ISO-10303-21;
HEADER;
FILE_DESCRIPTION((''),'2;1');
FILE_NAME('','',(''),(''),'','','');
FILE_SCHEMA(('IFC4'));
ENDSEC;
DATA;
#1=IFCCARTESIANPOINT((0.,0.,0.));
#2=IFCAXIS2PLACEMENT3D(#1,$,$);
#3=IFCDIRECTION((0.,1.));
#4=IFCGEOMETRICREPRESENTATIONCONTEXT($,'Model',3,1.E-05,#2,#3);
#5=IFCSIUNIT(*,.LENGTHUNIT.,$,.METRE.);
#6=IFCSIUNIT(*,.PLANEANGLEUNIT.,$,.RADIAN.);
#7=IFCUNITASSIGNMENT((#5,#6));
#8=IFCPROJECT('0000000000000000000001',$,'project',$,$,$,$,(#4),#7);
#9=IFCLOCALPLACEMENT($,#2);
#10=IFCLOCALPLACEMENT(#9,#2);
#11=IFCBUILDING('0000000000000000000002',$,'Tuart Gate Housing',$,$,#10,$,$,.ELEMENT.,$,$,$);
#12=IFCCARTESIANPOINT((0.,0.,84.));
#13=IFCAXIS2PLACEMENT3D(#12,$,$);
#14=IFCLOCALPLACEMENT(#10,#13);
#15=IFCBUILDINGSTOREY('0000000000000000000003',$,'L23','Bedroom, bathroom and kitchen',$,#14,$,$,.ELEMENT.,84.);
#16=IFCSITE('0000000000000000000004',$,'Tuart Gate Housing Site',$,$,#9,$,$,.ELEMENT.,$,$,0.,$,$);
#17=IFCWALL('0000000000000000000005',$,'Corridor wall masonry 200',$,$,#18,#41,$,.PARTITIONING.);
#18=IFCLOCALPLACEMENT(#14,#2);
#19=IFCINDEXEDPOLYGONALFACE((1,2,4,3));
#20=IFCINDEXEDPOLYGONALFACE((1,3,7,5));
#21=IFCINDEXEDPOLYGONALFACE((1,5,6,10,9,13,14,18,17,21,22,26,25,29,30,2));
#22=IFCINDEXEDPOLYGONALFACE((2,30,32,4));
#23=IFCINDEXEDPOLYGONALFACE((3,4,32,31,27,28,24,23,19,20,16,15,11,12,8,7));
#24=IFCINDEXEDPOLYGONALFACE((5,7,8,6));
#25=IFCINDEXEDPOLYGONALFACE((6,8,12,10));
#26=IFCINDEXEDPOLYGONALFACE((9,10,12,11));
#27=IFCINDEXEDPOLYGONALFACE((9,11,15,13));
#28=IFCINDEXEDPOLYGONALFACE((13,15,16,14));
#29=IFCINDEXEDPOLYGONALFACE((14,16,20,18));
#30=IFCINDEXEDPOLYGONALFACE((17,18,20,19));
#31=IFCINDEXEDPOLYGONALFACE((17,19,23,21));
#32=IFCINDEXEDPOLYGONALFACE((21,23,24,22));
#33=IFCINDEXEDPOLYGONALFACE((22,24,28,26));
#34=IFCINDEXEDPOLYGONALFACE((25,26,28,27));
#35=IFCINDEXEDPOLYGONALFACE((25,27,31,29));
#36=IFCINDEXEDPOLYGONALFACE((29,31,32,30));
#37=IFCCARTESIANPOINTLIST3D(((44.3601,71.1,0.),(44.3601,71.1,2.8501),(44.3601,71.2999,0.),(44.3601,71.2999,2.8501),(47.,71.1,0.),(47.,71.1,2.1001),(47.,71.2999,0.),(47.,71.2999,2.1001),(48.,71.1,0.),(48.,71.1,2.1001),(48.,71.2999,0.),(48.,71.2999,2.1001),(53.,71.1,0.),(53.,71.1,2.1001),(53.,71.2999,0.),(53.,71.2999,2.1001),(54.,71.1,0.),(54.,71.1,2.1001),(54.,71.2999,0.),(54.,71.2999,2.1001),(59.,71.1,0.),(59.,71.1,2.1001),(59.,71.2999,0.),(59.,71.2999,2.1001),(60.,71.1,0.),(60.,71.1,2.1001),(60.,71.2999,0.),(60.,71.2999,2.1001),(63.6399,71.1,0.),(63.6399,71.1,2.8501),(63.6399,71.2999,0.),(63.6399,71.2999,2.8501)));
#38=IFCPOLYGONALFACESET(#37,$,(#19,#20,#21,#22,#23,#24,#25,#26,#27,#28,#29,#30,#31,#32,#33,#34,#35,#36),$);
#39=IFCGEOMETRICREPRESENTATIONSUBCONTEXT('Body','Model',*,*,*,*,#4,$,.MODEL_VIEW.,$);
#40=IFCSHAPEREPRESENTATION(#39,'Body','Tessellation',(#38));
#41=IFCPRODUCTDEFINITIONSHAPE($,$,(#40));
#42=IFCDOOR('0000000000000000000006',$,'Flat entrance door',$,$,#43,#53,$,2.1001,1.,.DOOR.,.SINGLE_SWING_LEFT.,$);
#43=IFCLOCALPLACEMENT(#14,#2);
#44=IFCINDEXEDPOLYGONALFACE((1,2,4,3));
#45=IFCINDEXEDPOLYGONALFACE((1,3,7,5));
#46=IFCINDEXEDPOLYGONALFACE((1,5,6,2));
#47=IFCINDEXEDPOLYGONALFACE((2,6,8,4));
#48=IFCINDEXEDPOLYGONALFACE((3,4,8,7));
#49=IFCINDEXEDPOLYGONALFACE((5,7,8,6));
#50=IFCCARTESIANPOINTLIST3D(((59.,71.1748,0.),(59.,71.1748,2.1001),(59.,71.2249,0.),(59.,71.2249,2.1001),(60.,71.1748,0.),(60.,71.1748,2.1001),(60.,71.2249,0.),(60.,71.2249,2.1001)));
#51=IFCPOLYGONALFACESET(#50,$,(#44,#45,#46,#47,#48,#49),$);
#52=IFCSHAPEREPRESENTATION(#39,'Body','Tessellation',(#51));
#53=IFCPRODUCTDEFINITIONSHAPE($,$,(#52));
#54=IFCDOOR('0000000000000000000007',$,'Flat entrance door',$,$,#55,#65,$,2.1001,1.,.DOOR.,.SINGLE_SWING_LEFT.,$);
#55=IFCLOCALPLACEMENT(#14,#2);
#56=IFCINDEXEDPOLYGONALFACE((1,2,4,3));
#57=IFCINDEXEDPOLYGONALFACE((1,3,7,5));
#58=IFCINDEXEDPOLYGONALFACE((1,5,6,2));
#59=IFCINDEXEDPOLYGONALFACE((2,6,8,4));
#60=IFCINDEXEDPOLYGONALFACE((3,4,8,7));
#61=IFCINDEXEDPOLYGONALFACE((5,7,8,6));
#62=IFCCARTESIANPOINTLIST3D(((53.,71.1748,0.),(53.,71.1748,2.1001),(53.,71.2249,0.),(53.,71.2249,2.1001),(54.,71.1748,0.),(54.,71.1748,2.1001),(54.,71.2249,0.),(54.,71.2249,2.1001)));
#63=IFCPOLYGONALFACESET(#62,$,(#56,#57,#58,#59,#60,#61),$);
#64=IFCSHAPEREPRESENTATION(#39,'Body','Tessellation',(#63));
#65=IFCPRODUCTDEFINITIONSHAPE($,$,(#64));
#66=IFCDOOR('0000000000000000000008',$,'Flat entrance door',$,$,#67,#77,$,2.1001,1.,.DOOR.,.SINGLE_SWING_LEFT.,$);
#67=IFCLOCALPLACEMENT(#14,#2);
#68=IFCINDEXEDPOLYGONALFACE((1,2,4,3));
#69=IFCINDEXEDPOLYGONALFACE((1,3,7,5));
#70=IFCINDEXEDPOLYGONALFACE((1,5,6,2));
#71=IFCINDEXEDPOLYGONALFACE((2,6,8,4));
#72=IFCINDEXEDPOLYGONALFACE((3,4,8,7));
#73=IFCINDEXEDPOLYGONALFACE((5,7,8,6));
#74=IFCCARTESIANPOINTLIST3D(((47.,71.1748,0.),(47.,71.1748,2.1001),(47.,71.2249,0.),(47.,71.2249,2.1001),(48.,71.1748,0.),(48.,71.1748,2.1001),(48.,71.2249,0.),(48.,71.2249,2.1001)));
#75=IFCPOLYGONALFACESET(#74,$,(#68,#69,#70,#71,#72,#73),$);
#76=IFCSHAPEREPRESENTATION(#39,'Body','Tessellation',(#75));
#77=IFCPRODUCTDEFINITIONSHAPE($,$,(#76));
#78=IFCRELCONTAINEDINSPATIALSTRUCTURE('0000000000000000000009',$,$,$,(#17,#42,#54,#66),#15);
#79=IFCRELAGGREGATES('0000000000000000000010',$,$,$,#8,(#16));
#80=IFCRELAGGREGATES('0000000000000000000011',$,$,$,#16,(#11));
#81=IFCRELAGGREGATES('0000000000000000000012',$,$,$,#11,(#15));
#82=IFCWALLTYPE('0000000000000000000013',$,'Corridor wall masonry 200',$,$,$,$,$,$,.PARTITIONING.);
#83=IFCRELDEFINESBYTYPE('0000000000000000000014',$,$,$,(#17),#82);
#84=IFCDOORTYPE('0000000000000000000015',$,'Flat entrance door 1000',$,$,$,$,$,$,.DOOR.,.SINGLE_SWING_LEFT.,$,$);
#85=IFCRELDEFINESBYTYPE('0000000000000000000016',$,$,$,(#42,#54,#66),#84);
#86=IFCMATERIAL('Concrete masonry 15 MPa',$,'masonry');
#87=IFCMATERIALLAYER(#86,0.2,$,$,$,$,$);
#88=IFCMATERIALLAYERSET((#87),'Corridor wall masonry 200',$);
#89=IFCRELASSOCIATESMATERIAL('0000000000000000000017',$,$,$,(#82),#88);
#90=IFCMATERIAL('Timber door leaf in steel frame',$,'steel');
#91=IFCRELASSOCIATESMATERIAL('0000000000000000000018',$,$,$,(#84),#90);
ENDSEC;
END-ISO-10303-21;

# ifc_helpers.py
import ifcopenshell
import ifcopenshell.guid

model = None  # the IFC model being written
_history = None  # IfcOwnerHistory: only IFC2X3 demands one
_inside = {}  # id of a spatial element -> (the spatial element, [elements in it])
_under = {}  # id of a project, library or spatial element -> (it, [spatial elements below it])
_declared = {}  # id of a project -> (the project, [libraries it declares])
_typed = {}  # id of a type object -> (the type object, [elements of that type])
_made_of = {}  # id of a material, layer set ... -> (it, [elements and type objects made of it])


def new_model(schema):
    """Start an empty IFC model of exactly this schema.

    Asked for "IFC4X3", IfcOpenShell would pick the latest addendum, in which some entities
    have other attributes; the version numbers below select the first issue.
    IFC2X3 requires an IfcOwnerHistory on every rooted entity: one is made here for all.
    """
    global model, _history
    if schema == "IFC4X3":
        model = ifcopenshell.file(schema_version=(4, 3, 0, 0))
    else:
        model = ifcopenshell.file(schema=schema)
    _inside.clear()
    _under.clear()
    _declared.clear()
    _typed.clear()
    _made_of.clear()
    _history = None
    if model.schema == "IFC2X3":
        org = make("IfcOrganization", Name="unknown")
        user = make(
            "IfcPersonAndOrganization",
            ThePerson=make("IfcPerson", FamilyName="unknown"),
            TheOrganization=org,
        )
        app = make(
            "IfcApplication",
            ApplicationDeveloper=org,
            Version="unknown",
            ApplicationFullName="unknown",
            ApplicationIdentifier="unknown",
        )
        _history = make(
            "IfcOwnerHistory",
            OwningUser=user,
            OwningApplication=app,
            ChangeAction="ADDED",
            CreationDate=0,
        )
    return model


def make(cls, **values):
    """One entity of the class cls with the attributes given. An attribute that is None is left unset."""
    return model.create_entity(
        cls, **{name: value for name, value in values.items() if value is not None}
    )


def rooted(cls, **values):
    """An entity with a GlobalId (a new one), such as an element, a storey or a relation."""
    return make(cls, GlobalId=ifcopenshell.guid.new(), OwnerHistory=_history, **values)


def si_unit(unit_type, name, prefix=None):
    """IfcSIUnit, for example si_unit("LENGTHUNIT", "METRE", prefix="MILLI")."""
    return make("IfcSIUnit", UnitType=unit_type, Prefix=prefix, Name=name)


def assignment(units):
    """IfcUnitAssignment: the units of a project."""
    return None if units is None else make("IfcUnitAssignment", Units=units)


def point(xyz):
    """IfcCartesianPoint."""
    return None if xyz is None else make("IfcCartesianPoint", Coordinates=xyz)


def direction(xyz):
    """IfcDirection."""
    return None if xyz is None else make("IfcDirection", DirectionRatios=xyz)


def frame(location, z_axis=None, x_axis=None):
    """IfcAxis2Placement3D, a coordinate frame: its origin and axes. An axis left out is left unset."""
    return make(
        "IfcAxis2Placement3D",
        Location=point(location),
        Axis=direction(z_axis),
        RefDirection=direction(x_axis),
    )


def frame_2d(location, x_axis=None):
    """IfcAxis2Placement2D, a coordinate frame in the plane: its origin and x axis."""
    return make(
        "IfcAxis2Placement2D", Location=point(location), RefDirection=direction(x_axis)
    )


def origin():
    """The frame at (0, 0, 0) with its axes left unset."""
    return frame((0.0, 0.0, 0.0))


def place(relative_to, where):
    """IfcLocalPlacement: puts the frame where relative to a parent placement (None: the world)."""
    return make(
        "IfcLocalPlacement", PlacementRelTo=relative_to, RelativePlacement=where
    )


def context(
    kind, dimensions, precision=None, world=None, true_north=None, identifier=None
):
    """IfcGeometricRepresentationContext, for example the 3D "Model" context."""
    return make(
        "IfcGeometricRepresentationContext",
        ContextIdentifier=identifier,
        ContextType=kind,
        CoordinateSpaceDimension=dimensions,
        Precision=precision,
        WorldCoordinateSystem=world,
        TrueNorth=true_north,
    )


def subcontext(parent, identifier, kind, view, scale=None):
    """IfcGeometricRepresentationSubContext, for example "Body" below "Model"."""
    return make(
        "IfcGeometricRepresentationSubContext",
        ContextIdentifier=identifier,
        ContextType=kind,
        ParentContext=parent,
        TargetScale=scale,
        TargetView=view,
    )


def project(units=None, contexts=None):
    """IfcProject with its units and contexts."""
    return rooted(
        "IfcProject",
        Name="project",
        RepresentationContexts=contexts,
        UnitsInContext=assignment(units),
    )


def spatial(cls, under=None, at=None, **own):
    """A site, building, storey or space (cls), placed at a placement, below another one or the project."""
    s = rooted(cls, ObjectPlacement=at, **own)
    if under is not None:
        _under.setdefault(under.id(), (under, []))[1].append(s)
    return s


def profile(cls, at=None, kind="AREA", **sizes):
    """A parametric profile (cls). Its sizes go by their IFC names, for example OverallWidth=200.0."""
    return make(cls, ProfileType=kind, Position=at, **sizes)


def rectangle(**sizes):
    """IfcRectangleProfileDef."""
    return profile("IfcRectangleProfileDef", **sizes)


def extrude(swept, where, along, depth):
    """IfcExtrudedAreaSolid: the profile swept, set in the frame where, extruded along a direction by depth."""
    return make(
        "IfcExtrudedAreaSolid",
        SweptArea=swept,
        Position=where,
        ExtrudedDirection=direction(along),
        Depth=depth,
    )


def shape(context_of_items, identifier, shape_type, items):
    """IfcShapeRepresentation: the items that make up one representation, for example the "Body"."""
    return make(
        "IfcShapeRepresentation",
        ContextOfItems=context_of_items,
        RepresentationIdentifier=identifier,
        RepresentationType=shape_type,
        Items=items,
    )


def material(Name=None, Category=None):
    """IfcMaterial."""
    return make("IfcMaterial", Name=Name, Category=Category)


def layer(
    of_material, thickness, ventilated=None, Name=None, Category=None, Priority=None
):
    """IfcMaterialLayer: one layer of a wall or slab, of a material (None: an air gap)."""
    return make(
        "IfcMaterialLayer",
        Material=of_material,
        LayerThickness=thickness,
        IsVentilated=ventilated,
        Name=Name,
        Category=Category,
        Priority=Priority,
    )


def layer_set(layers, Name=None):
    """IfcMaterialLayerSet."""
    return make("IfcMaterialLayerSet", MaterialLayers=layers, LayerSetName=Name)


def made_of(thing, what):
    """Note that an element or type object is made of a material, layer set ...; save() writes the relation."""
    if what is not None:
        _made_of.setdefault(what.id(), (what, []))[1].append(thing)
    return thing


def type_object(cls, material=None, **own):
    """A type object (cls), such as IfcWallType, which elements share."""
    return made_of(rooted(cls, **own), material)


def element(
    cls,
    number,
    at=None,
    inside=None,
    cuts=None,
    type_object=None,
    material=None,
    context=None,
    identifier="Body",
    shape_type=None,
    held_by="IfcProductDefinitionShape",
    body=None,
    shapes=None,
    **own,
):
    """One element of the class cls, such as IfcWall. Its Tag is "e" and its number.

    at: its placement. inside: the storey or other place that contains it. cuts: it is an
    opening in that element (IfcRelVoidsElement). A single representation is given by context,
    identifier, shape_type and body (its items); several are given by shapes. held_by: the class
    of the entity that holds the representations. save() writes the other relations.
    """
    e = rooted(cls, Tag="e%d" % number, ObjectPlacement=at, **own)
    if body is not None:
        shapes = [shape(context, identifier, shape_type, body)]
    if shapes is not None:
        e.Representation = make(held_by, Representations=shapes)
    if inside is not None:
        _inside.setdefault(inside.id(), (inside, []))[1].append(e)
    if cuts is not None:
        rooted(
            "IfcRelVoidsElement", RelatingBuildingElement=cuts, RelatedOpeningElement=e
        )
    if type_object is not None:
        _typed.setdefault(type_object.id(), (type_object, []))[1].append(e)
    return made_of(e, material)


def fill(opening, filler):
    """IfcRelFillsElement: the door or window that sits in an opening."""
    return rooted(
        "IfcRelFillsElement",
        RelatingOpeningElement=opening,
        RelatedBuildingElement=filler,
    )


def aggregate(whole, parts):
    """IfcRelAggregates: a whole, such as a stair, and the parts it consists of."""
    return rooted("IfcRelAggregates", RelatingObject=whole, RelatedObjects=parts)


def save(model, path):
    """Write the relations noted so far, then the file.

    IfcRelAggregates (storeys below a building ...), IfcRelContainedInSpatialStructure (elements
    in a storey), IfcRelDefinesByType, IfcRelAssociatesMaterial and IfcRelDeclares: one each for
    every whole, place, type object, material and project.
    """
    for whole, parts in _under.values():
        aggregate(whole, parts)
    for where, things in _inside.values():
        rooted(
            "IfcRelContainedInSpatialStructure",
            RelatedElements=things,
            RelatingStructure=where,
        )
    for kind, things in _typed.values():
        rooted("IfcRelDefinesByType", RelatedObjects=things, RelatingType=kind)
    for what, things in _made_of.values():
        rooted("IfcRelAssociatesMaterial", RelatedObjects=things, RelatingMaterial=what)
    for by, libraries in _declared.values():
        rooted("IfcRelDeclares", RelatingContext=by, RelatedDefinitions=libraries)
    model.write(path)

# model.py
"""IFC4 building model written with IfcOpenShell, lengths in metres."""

from ifc_helpers import new_model, si_unit, direction, frame, frame_2d, origin, place, context, subcontext, project, spatial, rectangle, extrude, material, layer, layer_set, type_object, element, fill, save


model = new_model("IFC4")

# Units and contexts
model_context = context("Model", 3, precision=1e-05, world=origin(), true_north=direction((0.0, 1.0)))
body_context = subcontext(model_context, "Body", "Model", "MODEL_VIEW")
ifc_project = project(units=[si_unit("LENGTHUNIT", "METRE"), si_unit("PLANEANGLEUNIT", "RADIAN")], contexts=[model_context])

# Site, building, storey
site_placement = place(None, origin())
site = spatial("IfcSite", under=ifc_project, at=site_placement, Name="Tuart Gate Housing Site", CompositionType="ELEMENT", RefElevation=0.0)
building_placement = place(site_placement, origin())
building = spatial("IfcBuilding", under=site, at=building_placement, Name="Tuart Gate Housing", CompositionType="ELEMENT")
storey_placement = place(building_placement, frame((0.0, 0.0, 84.0)))
storey = spatial("IfcBuildingStorey", under=building, at=storey_placement, Name="L23", Description="Bedroom, bathroom and kitchen", CompositionType="ELEMENT", Elevation=84.0)

# Wall, openings, doors
ifc_material_1 = material(Name="Concrete masonry 15 MPa", Category="masonry")
ifc_layer_1 = layer(ifc_material_1, 0.2)
ifc_layer_set_1 = layer_set([ifc_layer_1], Name="Corridor wall masonry 200")
wall_type_1 = type_object("IfcWallType", Name="Corridor wall masonry 200", PredefinedType="PARTITIONING", material=ifc_layer_set_1)
wall_1_placement = place(storey_placement, frame((44.3601, 71.2, 0.0), z_axis=(0.0, 0.0, 1.0), x_axis=(1.0, 0.0, 0.0)))
wall_1 = element("IfcWall", 1, at=wall_1_placement, inside=storey, type_object=wall_type_1, Name="Corridor wall masonry 200", PredefinedType="PARTITIONING", context=body_context, shape_type="SweptSolid", body=[
    extrude(rectangle(XDim=19.2798, YDim=0.2, at=frame_2d((9.6399, 0.0))), origin(), (0.0, 0.0, 1.0), 2.8501),
])
opening_1_placement = place(wall_1_placement, frame((14.6399, 0.0, 0.0)))
opening_1 = element("IfcOpeningElement", 2, at=opening_1_placement, cuts=wall_1, PredefinedType="OPENING", context=body_context, shape_type="SweptSolid", body=[
    extrude(rectangle(XDim=1.0, YDim=2.1001, at=frame_2d((0.5, 1.05))), frame((0.0, 0.1099, 0.0), z_axis=(0.0, -1.0, 0.0), x_axis=(1.0, 0.0, 0.0)), (0.0, 0.0, 1.0), 0.22),
])
opening_2_placement = place(wall_1_placement, frame((8.6399, 0.0, 0.0)))
opening_2 = element("IfcOpeningElement", 3, at=opening_2_placement, cuts=wall_1, PredefinedType="OPENING", context=body_context, shape_type="SweptSolid", body=[
    extrude(rectangle(XDim=1.0, YDim=2.1001, at=frame_2d((0.5, 1.05))), frame((0.0, 0.1099, 0.0), z_axis=(0.0, -1.0, 0.0), x_axis=(1.0, 0.0, 0.0)), (0.0, 0.0, 1.0), 0.22),
])
opening_3_placement = place(wall_1_placement, frame((2.6399, 0.0, 0.0)))
opening_3 = element("IfcOpeningElement", 4, at=opening_3_placement, cuts=wall_1, PredefinedType="OPENING", context=body_context, shape_type="SweptSolid", body=[
    extrude(rectangle(XDim=1.0, YDim=2.1001, at=frame_2d((0.5, 1.05))), frame((0.0, 0.1099, 0.0), z_axis=(0.0, -1.0, 0.0), x_axis=(1.0, 0.0, 0.0)), (0.0, 0.0, 1.0), 0.22),
])
ifc_material_2 = material(Name="Timber door leaf in steel frame", Category="steel")
door_type_1 = type_object("IfcDoorType", Name="Flat entrance door 1000", OperationType="SINGLE_SWING_LEFT", PredefinedType="DOOR", material=ifc_material_2)
door_1_placement = place(opening_1_placement, origin())
door_1 = element("IfcDoor", 5, at=door_1_placement, inside=storey, type_object=door_type_1, Name="Flat entrance door", OperationType="SINGLE_SWING_LEFT", OverallHeight=2.1001, OverallWidth=1.0, PredefinedType="DOOR", context=body_context, shape_type="SweptSolid", body=[
    extrude(rectangle(XDim=1.0, YDim=2.1001, at=frame_2d((0.5, 1.05))), frame((0.0, 0.0249, 0.0), z_axis=(0.0, -1.0, 0.0), x_axis=(1.0, 0.0, 0.0)), (0.0, 0.0, 1.0), 0.05),
])
fill(opening_1, door_1)
door_2_placement = place(opening_2_placement, origin())
door_2 = element("IfcDoor", 6, at=door_2_placement, inside=storey, type_object=door_type_1, Name="Flat entrance door", OperationType="SINGLE_SWING_LEFT", OverallHeight=2.1001, OverallWidth=1.0, PredefinedType="DOOR", context=body_context, shape_type="SweptSolid", body=[
    extrude(rectangle(XDim=1.0, YDim=2.1001, at=frame_2d((0.5, 1.05))), frame((0.0, 0.0249, 0.0), z_axis=(0.0, -1.0, 0.0), x_axis=(1.0, 0.0, 0.0)), (0.0, 0.0, 1.0), 0.05),
])
fill(opening_2, door_2)
door_3_placement = place(opening_3_placement, origin())
door_3 = element("IfcDoor", 7, at=door_3_placement, inside=storey, type_object=door_type_1, Name="Flat entrance door", OperationType="SINGLE_SWING_LEFT", OverallHeight=2.1001, OverallWidth=1.0, PredefinedType="DOOR", context=body_context, shape_type="SweptSolid", body=[
    extrude(rectangle(XDim=1.0, YDim=2.1001, at=frame_2d((0.5, 1.05))), frame((0.0, 0.0249, 0.0), z_axis=(0.0, -1.0, 0.0), x_axis=(1.0, 0.0, 0.0)), (0.0, 0.0, 1.0), 0.05),
])
fill(opening_3, door_3)

save(model, "model.ifc")
